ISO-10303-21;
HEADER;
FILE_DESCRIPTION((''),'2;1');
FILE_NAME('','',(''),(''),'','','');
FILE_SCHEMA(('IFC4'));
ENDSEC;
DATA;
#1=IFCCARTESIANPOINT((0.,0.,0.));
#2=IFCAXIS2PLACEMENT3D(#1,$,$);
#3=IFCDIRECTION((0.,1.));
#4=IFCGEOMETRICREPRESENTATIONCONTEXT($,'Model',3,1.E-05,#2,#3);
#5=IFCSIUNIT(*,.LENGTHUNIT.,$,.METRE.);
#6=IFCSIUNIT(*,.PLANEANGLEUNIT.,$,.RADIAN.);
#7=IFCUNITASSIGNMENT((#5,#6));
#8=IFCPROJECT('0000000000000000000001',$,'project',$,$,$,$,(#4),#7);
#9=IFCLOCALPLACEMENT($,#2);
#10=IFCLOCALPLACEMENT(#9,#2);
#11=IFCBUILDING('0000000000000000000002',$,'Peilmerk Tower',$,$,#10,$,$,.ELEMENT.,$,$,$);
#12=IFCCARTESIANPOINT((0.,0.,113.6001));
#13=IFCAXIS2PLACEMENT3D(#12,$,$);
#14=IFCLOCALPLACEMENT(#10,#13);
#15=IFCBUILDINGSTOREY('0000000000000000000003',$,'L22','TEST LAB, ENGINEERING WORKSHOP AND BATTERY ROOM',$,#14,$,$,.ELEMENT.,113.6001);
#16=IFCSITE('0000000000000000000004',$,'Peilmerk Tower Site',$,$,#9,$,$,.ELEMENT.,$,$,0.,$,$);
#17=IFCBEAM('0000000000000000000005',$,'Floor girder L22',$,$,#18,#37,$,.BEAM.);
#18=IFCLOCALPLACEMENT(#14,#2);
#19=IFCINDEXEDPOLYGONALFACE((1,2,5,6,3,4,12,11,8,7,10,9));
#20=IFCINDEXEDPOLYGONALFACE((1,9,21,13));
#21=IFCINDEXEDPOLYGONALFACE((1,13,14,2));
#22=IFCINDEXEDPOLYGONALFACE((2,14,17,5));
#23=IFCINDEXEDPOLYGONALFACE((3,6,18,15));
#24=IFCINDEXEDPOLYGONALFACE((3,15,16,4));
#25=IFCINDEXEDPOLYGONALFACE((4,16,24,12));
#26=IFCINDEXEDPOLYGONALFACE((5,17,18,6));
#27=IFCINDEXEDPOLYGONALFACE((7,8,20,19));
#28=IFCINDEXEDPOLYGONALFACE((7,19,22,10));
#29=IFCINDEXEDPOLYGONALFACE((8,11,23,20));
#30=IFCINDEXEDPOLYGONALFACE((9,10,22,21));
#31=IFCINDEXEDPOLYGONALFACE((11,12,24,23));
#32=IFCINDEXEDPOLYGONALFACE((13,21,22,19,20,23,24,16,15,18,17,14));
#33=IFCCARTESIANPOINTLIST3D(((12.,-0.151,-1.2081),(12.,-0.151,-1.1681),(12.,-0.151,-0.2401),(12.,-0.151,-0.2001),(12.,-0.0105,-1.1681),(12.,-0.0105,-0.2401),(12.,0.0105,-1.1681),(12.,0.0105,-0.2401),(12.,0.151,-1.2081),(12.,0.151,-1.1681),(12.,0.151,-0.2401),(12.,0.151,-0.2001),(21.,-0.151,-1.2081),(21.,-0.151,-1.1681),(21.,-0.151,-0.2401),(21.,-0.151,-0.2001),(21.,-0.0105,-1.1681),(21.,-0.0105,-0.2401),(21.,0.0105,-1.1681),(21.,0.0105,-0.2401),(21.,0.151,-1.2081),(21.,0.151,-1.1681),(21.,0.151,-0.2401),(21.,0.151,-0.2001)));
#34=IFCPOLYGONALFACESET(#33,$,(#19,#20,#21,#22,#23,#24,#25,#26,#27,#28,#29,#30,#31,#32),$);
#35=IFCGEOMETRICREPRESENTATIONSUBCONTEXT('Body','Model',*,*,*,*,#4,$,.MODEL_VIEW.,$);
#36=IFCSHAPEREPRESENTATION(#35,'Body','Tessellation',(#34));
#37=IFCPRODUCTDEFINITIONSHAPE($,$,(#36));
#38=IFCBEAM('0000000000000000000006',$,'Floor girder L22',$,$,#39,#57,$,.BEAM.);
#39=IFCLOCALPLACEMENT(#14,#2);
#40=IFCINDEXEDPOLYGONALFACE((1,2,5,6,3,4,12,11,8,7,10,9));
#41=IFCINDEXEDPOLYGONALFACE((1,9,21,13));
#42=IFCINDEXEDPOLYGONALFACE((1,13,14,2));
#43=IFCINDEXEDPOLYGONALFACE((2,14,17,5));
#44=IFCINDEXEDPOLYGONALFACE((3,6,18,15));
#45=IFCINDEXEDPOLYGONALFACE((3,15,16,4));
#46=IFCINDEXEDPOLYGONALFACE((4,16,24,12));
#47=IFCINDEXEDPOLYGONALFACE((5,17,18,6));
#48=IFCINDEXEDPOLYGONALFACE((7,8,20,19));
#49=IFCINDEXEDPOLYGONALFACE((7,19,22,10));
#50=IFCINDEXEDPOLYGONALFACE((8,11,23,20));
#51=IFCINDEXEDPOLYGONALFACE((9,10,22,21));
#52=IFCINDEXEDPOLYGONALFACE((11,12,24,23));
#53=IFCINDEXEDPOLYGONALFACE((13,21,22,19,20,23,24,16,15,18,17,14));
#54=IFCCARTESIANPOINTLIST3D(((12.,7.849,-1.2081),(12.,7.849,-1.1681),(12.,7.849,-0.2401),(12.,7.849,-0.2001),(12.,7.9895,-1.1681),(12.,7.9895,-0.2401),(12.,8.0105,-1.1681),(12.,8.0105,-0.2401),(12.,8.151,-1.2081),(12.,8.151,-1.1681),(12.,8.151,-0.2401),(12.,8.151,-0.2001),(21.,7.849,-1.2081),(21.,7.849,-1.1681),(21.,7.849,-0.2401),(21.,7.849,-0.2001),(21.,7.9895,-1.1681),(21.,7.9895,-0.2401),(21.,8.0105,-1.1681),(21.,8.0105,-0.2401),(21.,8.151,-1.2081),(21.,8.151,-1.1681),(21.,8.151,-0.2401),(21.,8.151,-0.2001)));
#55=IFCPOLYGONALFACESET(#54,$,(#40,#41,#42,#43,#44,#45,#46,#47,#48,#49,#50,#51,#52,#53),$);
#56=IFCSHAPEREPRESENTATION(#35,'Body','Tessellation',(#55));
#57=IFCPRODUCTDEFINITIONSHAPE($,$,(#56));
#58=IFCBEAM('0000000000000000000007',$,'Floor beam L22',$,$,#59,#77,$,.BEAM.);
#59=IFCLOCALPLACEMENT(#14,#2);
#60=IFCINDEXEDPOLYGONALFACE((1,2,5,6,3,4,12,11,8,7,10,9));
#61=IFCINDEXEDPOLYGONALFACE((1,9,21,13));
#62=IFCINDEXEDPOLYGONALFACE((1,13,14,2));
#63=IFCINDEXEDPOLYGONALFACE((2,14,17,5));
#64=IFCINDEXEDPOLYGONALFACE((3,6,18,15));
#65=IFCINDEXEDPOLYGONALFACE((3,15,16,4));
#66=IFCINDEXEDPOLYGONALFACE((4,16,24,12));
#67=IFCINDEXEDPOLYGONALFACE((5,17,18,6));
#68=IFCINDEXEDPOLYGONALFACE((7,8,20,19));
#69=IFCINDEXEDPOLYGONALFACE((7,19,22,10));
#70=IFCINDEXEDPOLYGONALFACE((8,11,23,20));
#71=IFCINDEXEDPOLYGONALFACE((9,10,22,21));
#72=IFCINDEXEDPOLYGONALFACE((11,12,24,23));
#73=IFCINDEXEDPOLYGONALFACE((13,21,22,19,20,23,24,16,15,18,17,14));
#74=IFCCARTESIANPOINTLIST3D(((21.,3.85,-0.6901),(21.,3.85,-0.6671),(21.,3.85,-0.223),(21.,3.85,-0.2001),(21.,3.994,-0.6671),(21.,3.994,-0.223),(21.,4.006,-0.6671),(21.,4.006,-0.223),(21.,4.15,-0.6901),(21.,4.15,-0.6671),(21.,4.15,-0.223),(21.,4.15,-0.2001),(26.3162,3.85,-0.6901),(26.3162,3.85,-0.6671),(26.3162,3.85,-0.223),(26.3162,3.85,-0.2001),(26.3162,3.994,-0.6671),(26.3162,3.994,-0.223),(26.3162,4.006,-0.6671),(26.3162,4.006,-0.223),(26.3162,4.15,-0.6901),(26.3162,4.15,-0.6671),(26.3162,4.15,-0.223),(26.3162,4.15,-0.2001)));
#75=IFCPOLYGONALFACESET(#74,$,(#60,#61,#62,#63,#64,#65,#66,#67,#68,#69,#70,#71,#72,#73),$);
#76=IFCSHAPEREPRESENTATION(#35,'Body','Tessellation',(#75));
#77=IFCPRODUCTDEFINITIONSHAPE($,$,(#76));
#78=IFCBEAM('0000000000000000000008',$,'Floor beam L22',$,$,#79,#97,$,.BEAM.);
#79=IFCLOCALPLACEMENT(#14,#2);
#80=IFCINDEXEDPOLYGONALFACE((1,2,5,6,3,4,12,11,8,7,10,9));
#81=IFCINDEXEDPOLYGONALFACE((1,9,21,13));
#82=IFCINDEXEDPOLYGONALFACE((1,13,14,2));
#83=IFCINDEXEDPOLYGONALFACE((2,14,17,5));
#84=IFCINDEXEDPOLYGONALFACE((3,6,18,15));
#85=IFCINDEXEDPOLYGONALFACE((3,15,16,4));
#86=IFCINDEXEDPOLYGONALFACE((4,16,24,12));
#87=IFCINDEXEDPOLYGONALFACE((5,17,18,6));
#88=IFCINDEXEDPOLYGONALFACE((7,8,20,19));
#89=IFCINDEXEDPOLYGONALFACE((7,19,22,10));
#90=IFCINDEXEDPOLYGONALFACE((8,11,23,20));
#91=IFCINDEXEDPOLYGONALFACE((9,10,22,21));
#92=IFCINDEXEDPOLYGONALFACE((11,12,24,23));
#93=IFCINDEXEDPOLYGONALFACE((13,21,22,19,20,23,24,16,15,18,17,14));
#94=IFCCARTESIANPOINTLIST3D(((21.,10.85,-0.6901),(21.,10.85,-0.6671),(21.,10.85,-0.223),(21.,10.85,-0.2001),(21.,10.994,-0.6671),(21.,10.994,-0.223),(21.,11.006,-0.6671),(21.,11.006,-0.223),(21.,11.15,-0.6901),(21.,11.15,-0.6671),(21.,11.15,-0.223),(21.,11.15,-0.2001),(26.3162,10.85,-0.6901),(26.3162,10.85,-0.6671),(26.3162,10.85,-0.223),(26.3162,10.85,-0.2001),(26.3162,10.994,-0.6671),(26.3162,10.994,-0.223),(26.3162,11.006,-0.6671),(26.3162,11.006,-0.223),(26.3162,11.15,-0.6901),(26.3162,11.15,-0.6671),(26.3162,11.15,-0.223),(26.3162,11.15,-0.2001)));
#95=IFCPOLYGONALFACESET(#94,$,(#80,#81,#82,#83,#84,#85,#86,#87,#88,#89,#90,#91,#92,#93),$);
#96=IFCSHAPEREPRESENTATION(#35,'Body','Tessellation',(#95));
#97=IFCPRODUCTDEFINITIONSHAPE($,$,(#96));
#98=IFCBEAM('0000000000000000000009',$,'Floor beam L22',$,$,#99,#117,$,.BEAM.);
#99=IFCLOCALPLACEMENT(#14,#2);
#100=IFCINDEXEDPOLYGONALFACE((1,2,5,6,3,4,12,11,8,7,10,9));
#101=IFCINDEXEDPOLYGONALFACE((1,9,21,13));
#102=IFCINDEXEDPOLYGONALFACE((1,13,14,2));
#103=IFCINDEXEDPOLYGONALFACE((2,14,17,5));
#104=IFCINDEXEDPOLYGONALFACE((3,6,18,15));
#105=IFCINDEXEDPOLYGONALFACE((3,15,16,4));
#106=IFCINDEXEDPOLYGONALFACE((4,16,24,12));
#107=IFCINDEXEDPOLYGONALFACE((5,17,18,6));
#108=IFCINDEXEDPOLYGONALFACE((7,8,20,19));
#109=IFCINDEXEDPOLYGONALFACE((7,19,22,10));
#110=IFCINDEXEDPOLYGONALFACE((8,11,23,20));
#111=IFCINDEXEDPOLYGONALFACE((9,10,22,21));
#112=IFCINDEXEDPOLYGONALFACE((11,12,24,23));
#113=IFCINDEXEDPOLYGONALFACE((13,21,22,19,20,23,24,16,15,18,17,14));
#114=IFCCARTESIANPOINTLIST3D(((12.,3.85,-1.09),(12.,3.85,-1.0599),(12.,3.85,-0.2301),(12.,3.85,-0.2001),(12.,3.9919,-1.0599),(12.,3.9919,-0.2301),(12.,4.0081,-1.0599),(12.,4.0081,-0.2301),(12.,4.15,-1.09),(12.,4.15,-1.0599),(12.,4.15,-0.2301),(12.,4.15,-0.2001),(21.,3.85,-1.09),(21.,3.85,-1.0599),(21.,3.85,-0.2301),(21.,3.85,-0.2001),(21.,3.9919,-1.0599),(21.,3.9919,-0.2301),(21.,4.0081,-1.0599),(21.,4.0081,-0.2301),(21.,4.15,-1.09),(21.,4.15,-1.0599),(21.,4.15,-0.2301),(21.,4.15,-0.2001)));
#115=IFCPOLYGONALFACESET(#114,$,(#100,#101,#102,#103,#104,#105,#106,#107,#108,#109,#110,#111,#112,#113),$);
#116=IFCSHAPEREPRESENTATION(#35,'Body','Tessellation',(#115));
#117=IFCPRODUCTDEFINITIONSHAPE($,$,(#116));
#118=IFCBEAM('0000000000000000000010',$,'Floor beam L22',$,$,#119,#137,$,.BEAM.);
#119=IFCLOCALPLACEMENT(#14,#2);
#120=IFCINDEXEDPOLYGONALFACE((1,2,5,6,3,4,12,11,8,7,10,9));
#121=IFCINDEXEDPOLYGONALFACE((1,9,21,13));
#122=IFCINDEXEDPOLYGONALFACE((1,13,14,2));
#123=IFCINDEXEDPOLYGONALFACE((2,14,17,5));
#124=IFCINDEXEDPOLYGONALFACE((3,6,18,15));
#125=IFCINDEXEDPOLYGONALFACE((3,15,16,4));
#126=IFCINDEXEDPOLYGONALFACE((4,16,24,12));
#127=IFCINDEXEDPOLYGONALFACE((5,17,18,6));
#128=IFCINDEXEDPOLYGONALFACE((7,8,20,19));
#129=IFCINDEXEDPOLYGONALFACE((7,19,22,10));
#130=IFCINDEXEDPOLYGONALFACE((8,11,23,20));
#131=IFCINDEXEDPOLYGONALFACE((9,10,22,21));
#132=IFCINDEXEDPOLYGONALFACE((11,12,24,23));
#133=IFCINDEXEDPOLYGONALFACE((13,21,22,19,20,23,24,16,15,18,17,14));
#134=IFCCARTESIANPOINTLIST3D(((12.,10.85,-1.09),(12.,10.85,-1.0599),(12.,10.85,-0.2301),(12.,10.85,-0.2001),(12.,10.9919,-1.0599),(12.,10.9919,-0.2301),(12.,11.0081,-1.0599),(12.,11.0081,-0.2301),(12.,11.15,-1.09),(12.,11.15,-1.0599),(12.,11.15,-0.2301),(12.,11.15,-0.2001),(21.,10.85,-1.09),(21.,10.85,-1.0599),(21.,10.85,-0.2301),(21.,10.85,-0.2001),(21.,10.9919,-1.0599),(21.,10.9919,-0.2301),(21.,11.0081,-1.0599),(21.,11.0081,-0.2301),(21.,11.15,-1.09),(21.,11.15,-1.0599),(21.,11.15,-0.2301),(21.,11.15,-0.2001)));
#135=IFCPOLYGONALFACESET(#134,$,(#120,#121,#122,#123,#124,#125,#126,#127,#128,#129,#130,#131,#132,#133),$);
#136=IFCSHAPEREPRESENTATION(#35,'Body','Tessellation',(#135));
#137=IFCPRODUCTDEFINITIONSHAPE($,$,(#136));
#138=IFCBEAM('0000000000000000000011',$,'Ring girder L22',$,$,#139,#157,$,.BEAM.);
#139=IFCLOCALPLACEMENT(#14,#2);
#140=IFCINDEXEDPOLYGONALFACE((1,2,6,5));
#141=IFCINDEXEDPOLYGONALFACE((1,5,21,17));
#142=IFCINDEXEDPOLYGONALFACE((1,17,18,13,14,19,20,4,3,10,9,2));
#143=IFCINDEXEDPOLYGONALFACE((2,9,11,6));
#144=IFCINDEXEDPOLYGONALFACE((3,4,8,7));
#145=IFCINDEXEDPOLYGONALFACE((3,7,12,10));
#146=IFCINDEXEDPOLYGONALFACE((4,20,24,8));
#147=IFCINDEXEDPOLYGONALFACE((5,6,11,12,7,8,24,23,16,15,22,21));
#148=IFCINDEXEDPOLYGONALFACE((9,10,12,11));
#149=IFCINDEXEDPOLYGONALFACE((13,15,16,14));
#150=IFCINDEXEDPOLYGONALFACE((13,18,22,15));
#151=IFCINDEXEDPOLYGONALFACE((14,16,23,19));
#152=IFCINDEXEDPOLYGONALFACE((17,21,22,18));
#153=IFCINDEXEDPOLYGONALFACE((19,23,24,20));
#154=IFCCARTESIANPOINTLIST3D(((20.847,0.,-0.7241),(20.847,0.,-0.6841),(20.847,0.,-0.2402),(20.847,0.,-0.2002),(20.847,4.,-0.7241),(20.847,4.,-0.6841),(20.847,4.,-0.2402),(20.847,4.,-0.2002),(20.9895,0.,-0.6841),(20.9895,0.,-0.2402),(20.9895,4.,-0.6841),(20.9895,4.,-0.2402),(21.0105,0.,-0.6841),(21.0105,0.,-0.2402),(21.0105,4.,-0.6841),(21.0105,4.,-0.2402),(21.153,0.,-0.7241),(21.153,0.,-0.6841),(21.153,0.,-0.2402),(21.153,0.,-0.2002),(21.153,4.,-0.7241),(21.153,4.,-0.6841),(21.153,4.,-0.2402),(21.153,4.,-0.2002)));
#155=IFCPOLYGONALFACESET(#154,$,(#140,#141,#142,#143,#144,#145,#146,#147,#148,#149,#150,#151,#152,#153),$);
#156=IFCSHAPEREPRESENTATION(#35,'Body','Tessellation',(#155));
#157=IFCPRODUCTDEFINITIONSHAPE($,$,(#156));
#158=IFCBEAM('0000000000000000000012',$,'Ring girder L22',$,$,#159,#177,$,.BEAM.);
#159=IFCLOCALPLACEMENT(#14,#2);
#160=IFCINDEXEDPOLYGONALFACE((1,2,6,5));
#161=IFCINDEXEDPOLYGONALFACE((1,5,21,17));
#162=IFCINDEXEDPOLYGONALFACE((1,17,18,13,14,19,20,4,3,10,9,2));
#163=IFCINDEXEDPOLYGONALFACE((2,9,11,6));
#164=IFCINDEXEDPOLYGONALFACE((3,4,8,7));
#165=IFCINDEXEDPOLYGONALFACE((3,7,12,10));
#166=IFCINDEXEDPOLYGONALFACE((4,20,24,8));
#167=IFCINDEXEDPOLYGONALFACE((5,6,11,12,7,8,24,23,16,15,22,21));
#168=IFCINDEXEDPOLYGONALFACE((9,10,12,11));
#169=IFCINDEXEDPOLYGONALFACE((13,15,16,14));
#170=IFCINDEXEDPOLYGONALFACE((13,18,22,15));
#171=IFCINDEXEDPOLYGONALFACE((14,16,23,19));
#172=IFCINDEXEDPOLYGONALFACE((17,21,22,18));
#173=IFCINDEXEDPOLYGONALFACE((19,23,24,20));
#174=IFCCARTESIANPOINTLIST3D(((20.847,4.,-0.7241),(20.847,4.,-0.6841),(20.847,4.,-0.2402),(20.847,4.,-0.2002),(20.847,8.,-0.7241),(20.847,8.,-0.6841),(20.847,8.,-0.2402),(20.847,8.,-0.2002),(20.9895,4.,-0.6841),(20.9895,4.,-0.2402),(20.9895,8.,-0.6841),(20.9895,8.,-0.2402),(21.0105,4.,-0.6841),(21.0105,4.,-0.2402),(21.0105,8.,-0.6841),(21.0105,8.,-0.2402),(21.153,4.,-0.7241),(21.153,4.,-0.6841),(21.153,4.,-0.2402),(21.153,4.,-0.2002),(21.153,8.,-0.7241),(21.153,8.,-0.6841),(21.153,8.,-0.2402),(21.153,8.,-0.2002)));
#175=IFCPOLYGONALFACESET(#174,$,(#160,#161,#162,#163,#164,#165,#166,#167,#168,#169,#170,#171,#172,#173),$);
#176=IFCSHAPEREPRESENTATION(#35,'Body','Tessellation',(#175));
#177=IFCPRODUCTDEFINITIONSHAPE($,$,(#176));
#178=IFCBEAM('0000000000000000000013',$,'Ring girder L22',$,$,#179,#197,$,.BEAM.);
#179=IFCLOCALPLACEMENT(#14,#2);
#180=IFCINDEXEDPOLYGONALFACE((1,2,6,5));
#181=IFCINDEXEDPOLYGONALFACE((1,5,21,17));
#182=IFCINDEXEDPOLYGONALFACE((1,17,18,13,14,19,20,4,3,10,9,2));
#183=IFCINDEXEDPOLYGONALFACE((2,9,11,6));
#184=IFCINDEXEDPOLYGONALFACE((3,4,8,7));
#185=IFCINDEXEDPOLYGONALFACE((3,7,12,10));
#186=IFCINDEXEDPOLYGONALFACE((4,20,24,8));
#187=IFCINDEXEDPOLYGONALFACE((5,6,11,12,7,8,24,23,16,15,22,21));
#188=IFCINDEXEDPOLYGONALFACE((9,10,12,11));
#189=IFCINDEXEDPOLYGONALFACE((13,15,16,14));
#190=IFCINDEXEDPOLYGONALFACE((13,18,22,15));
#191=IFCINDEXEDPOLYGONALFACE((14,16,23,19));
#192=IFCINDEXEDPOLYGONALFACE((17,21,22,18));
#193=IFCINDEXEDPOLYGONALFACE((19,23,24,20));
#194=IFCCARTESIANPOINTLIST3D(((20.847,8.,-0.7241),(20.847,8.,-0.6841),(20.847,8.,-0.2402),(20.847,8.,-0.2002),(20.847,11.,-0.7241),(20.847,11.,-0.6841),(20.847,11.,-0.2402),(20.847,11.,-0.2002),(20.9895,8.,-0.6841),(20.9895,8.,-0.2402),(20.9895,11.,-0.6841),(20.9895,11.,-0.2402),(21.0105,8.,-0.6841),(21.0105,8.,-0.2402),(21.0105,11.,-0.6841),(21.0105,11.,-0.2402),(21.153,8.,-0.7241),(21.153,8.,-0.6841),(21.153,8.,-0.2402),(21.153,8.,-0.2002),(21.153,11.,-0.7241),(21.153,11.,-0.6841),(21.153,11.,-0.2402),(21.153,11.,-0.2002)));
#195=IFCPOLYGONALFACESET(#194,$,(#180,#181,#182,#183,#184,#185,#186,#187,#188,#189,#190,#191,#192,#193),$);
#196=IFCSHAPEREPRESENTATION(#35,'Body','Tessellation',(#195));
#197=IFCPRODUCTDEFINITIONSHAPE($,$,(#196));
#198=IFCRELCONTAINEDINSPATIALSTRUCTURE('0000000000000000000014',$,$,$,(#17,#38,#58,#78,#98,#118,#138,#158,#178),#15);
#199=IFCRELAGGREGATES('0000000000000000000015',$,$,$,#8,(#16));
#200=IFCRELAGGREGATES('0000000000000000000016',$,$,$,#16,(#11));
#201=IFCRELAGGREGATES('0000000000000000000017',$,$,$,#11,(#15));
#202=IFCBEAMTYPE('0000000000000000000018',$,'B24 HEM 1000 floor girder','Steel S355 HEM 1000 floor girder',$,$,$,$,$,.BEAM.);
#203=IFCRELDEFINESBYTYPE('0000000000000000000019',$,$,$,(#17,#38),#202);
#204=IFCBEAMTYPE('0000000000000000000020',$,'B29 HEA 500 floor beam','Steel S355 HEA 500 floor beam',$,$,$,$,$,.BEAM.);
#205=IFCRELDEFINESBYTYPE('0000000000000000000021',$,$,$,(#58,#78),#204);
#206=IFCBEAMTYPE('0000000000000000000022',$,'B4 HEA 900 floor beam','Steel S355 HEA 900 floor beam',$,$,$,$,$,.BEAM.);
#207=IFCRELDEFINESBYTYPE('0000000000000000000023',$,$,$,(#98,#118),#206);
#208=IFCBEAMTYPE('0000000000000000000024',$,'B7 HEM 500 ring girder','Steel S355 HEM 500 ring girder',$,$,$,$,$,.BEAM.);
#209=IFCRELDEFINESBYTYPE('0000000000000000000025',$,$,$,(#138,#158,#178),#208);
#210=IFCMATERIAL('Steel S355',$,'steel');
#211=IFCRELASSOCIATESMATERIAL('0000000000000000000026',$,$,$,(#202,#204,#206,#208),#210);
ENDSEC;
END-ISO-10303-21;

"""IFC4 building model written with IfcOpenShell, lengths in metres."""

from ifc_helpers import new_model, si_unit, direction, frame, origin, origin_2d, place, context, subcontext, project, spatial, i_section, extrude, material, material_profile, profile_set, type_object, element, save


model = new_model("IFC4")

# Units and contexts
model_context = context("Model", 3, precision=1e-05, world=origin(), true_north=direction((0.0, 1.0)))
body_context = subcontext(model_context, "Body", "Model", "MODEL_VIEW")
ifc_project = project(units=[si_unit("LENGTHUNIT", "METRE"), si_unit("PLANEANGLEUNIT", "RADIAN")], contexts=[model_context])

# Site, building, storey
site_placement = place(None, origin())
site = spatial("IfcSite", under=ifc_project, at=site_placement, Name="Peilmerk Tower Site", CompositionType="ELEMENT", RefElevation=0.0)
building_placement = place(site_placement, origin())
building = spatial("IfcBuilding", under=site, at=building_placement, Name="Peilmerk Tower", CompositionType="ELEMENT")
storey_placement = place(building_placement, frame((0.0, 0.0, 113.6001)))
storey = spatial("IfcBuildingStorey", under=building, at=storey_placement, Name="L22", Description="TEST LAB, ENGINEERING WORKSHOP AND BATTERY ROOM", CompositionType="ELEMENT", Elevation=113.6001)

# Beams
ifc_material_1 = material(Name="Steel S355", Category="steel")
ifc_material_profile_1 = material_profile(ifc_material_1, i_section(OverallWidth=0.302, OverallDepth=1.0081, WebThickness=0.021, FlangeThickness=0.04, at=origin_2d()), Name="HEM 1000")
ifc_profile_set_1 = profile_set([ifc_material_profile_1], Name="Steel S355")
beam_type_1 = type_object("IfcBeamType", Name="B24 HEM 1000 floor girder", Description="Steel S355 HEM 1000 floor girder", PredefinedType="BEAM", material=ifc_profile_set_1)
for number, where, z_axis, x_axis, name in (
    (1, (12.0, 0.0, -0.7041), (1.0, 0.0, 0.0), (0.0, 1.0, 0.0), "Floor girder L22"),
    (2, (12.0, 8.0, -0.7041), (1.0, 0.0, 0.0), (0.0, 1.0, 0.0), "Floor girder L22"),
):
    element("IfcBeam", number, at=place(storey_placement, frame(where, z_axis=z_axis, x_axis=x_axis)), inside=storey, type_object=beam_type_1, Name=name, PredefinedType="BEAM", context=body_context, shape_type="SweptSolid", body=[
        extrude(i_section(OverallWidth=0.302, OverallDepth=1.0081, WebThickness=0.021, FlangeThickness=0.04, at=origin_2d()), origin(), (0.0, 0.0, 1.0), 9.0),
    ])
ifc_material_profile_2 = material_profile(ifc_material_1, i_section(OverallWidth=0.3, OverallDepth=0.49, WebThickness=0.012, FlangeThickness=0.0229, at=origin_2d()), Name="HEA 500")
ifc_profile_set_2 = profile_set([ifc_material_profile_2], Name="Steel S355")
beam_type_2 = type_object("IfcBeamType", Name="B29 HEA 500 floor beam", Description="Steel S355 HEA 500 floor beam", PredefinedType="BEAM", material=ifc_profile_set_2)
for number, where, z_axis, x_axis, name in (
    (3, (21.0, 4.0, -0.4451), (1.0, 0.0, 0.0), (0.0, 1.0, 0.0), "Floor beam L22"),
    (4, (21.0, 11.0, -0.4451), (1.0, 0.0, 0.0), (0.0, 1.0, 0.0), "Floor beam L22"),
):
    element("IfcBeam", number, at=place(storey_placement, frame(where, z_axis=z_axis, x_axis=x_axis)), inside=storey, type_object=beam_type_2, Name=name, PredefinedType="BEAM", context=body_context, shape_type="SweptSolid", body=[
        extrude(i_section(OverallWidth=0.3, OverallDepth=0.49, WebThickness=0.012, FlangeThickness=0.0229, at=origin_2d()), origin(), (0.0, 0.0, 1.0), 5.3162),
    ])
ifc_material_profile_3 = material_profile(ifc_material_1, i_section(OverallWidth=0.3, OverallDepth=0.8899, WebThickness=0.0161, FlangeThickness=0.03, at=origin_2d()), Name="HEA 900")
ifc_profile_set_3 = profile_set([ifc_material_profile_3], Name="Steel S355")
beam_type_3 = type_object("IfcBeamType", Name="B4 HEA 900 floor beam", Description="Steel S355 HEA 900 floor beam", PredefinedType="BEAM", material=ifc_profile_set_3)
for number, where, z_axis, x_axis, name in (
    (5, (12.0, 4.0, -0.645), (1.0, 0.0, 0.0), (0.0, 1.0, 0.0), "Floor beam L22"),
    (6, (12.0, 11.0, -0.645), (1.0, 0.0, 0.0), (0.0, 1.0, 0.0), "Floor beam L22"),
):
    element("IfcBeam", number, at=place(storey_placement, frame(where, z_axis=z_axis, x_axis=x_axis)), inside=storey, type_object=beam_type_3, Name=name, PredefinedType="BEAM", context=body_context, shape_type="SweptSolid", body=[
        extrude(i_section(OverallWidth=0.3, OverallDepth=0.8899, WebThickness=0.0161, FlangeThickness=0.03, at=origin_2d()), origin(), (0.0, 0.0, 1.0), 9.0),
    ])
ifc_material_profile_4 = material_profile(ifc_material_1, i_section(OverallWidth=0.3059, OverallDepth=0.5239, WebThickness=0.021, FlangeThickness=0.04, at=origin_2d()), Name="HEM 500")
ifc_profile_set_4 = profile_set([ifc_material_profile_4], Name="Steel S355")
beam_type_4 = type_object("IfcBeamType", Name="B7 HEM 500 ring girder", Description="Steel S355 HEM 500 ring girder", PredefinedType="BEAM", material=ifc_profile_set_4)
for number, where, z_axis, x_axis, name in (
    (7, (21.0, 0.0, -0.4622), (0.0, 1.0, 0.0), (-1.0, 0.0, 0.0), "Ring girder L22"),
    (8, (21.0, 4.0, -0.4622), (0.0, 1.0, 0.0), (-1.0, 0.0, 0.0), "Ring girder L22"),
):
    element("IfcBeam", number, at=place(storey_placement, frame(where, z_axis=z_axis, x_axis=x_axis)), inside=storey, type_object=beam_type_4, Name=name, PredefinedType="BEAM", context=body_context, shape_type="SweptSolid", body=[
        extrude(i_section(OverallWidth=0.3059, OverallDepth=0.5239, WebThickness=0.021, FlangeThickness=0.04, at=origin_2d()), origin(), (0.0, 0.0, 1.0), 4.0),
    ])
beam_placement = place(storey_placement, frame((21.0, 8.0, -0.4622), z_axis=(0.0, 1.0, 0.0), x_axis=(-1.0, 0.0, 0.0)))
element("IfcBeam", 9, at=beam_placement, inside=storey, type_object=beam_type_4, Name="Ring girder L22", PredefinedType="BEAM", context=body_context, shape_type="SweptSolid", body=[
    extrude(i_section(OverallWidth=0.3059, OverallDepth=0.5239, WebThickness=0.021, FlangeThickness=0.04, at=origin_2d()), origin(), (0.0, 0.0, 1.0), 3.0),
])

save(model, "model.ifc")
